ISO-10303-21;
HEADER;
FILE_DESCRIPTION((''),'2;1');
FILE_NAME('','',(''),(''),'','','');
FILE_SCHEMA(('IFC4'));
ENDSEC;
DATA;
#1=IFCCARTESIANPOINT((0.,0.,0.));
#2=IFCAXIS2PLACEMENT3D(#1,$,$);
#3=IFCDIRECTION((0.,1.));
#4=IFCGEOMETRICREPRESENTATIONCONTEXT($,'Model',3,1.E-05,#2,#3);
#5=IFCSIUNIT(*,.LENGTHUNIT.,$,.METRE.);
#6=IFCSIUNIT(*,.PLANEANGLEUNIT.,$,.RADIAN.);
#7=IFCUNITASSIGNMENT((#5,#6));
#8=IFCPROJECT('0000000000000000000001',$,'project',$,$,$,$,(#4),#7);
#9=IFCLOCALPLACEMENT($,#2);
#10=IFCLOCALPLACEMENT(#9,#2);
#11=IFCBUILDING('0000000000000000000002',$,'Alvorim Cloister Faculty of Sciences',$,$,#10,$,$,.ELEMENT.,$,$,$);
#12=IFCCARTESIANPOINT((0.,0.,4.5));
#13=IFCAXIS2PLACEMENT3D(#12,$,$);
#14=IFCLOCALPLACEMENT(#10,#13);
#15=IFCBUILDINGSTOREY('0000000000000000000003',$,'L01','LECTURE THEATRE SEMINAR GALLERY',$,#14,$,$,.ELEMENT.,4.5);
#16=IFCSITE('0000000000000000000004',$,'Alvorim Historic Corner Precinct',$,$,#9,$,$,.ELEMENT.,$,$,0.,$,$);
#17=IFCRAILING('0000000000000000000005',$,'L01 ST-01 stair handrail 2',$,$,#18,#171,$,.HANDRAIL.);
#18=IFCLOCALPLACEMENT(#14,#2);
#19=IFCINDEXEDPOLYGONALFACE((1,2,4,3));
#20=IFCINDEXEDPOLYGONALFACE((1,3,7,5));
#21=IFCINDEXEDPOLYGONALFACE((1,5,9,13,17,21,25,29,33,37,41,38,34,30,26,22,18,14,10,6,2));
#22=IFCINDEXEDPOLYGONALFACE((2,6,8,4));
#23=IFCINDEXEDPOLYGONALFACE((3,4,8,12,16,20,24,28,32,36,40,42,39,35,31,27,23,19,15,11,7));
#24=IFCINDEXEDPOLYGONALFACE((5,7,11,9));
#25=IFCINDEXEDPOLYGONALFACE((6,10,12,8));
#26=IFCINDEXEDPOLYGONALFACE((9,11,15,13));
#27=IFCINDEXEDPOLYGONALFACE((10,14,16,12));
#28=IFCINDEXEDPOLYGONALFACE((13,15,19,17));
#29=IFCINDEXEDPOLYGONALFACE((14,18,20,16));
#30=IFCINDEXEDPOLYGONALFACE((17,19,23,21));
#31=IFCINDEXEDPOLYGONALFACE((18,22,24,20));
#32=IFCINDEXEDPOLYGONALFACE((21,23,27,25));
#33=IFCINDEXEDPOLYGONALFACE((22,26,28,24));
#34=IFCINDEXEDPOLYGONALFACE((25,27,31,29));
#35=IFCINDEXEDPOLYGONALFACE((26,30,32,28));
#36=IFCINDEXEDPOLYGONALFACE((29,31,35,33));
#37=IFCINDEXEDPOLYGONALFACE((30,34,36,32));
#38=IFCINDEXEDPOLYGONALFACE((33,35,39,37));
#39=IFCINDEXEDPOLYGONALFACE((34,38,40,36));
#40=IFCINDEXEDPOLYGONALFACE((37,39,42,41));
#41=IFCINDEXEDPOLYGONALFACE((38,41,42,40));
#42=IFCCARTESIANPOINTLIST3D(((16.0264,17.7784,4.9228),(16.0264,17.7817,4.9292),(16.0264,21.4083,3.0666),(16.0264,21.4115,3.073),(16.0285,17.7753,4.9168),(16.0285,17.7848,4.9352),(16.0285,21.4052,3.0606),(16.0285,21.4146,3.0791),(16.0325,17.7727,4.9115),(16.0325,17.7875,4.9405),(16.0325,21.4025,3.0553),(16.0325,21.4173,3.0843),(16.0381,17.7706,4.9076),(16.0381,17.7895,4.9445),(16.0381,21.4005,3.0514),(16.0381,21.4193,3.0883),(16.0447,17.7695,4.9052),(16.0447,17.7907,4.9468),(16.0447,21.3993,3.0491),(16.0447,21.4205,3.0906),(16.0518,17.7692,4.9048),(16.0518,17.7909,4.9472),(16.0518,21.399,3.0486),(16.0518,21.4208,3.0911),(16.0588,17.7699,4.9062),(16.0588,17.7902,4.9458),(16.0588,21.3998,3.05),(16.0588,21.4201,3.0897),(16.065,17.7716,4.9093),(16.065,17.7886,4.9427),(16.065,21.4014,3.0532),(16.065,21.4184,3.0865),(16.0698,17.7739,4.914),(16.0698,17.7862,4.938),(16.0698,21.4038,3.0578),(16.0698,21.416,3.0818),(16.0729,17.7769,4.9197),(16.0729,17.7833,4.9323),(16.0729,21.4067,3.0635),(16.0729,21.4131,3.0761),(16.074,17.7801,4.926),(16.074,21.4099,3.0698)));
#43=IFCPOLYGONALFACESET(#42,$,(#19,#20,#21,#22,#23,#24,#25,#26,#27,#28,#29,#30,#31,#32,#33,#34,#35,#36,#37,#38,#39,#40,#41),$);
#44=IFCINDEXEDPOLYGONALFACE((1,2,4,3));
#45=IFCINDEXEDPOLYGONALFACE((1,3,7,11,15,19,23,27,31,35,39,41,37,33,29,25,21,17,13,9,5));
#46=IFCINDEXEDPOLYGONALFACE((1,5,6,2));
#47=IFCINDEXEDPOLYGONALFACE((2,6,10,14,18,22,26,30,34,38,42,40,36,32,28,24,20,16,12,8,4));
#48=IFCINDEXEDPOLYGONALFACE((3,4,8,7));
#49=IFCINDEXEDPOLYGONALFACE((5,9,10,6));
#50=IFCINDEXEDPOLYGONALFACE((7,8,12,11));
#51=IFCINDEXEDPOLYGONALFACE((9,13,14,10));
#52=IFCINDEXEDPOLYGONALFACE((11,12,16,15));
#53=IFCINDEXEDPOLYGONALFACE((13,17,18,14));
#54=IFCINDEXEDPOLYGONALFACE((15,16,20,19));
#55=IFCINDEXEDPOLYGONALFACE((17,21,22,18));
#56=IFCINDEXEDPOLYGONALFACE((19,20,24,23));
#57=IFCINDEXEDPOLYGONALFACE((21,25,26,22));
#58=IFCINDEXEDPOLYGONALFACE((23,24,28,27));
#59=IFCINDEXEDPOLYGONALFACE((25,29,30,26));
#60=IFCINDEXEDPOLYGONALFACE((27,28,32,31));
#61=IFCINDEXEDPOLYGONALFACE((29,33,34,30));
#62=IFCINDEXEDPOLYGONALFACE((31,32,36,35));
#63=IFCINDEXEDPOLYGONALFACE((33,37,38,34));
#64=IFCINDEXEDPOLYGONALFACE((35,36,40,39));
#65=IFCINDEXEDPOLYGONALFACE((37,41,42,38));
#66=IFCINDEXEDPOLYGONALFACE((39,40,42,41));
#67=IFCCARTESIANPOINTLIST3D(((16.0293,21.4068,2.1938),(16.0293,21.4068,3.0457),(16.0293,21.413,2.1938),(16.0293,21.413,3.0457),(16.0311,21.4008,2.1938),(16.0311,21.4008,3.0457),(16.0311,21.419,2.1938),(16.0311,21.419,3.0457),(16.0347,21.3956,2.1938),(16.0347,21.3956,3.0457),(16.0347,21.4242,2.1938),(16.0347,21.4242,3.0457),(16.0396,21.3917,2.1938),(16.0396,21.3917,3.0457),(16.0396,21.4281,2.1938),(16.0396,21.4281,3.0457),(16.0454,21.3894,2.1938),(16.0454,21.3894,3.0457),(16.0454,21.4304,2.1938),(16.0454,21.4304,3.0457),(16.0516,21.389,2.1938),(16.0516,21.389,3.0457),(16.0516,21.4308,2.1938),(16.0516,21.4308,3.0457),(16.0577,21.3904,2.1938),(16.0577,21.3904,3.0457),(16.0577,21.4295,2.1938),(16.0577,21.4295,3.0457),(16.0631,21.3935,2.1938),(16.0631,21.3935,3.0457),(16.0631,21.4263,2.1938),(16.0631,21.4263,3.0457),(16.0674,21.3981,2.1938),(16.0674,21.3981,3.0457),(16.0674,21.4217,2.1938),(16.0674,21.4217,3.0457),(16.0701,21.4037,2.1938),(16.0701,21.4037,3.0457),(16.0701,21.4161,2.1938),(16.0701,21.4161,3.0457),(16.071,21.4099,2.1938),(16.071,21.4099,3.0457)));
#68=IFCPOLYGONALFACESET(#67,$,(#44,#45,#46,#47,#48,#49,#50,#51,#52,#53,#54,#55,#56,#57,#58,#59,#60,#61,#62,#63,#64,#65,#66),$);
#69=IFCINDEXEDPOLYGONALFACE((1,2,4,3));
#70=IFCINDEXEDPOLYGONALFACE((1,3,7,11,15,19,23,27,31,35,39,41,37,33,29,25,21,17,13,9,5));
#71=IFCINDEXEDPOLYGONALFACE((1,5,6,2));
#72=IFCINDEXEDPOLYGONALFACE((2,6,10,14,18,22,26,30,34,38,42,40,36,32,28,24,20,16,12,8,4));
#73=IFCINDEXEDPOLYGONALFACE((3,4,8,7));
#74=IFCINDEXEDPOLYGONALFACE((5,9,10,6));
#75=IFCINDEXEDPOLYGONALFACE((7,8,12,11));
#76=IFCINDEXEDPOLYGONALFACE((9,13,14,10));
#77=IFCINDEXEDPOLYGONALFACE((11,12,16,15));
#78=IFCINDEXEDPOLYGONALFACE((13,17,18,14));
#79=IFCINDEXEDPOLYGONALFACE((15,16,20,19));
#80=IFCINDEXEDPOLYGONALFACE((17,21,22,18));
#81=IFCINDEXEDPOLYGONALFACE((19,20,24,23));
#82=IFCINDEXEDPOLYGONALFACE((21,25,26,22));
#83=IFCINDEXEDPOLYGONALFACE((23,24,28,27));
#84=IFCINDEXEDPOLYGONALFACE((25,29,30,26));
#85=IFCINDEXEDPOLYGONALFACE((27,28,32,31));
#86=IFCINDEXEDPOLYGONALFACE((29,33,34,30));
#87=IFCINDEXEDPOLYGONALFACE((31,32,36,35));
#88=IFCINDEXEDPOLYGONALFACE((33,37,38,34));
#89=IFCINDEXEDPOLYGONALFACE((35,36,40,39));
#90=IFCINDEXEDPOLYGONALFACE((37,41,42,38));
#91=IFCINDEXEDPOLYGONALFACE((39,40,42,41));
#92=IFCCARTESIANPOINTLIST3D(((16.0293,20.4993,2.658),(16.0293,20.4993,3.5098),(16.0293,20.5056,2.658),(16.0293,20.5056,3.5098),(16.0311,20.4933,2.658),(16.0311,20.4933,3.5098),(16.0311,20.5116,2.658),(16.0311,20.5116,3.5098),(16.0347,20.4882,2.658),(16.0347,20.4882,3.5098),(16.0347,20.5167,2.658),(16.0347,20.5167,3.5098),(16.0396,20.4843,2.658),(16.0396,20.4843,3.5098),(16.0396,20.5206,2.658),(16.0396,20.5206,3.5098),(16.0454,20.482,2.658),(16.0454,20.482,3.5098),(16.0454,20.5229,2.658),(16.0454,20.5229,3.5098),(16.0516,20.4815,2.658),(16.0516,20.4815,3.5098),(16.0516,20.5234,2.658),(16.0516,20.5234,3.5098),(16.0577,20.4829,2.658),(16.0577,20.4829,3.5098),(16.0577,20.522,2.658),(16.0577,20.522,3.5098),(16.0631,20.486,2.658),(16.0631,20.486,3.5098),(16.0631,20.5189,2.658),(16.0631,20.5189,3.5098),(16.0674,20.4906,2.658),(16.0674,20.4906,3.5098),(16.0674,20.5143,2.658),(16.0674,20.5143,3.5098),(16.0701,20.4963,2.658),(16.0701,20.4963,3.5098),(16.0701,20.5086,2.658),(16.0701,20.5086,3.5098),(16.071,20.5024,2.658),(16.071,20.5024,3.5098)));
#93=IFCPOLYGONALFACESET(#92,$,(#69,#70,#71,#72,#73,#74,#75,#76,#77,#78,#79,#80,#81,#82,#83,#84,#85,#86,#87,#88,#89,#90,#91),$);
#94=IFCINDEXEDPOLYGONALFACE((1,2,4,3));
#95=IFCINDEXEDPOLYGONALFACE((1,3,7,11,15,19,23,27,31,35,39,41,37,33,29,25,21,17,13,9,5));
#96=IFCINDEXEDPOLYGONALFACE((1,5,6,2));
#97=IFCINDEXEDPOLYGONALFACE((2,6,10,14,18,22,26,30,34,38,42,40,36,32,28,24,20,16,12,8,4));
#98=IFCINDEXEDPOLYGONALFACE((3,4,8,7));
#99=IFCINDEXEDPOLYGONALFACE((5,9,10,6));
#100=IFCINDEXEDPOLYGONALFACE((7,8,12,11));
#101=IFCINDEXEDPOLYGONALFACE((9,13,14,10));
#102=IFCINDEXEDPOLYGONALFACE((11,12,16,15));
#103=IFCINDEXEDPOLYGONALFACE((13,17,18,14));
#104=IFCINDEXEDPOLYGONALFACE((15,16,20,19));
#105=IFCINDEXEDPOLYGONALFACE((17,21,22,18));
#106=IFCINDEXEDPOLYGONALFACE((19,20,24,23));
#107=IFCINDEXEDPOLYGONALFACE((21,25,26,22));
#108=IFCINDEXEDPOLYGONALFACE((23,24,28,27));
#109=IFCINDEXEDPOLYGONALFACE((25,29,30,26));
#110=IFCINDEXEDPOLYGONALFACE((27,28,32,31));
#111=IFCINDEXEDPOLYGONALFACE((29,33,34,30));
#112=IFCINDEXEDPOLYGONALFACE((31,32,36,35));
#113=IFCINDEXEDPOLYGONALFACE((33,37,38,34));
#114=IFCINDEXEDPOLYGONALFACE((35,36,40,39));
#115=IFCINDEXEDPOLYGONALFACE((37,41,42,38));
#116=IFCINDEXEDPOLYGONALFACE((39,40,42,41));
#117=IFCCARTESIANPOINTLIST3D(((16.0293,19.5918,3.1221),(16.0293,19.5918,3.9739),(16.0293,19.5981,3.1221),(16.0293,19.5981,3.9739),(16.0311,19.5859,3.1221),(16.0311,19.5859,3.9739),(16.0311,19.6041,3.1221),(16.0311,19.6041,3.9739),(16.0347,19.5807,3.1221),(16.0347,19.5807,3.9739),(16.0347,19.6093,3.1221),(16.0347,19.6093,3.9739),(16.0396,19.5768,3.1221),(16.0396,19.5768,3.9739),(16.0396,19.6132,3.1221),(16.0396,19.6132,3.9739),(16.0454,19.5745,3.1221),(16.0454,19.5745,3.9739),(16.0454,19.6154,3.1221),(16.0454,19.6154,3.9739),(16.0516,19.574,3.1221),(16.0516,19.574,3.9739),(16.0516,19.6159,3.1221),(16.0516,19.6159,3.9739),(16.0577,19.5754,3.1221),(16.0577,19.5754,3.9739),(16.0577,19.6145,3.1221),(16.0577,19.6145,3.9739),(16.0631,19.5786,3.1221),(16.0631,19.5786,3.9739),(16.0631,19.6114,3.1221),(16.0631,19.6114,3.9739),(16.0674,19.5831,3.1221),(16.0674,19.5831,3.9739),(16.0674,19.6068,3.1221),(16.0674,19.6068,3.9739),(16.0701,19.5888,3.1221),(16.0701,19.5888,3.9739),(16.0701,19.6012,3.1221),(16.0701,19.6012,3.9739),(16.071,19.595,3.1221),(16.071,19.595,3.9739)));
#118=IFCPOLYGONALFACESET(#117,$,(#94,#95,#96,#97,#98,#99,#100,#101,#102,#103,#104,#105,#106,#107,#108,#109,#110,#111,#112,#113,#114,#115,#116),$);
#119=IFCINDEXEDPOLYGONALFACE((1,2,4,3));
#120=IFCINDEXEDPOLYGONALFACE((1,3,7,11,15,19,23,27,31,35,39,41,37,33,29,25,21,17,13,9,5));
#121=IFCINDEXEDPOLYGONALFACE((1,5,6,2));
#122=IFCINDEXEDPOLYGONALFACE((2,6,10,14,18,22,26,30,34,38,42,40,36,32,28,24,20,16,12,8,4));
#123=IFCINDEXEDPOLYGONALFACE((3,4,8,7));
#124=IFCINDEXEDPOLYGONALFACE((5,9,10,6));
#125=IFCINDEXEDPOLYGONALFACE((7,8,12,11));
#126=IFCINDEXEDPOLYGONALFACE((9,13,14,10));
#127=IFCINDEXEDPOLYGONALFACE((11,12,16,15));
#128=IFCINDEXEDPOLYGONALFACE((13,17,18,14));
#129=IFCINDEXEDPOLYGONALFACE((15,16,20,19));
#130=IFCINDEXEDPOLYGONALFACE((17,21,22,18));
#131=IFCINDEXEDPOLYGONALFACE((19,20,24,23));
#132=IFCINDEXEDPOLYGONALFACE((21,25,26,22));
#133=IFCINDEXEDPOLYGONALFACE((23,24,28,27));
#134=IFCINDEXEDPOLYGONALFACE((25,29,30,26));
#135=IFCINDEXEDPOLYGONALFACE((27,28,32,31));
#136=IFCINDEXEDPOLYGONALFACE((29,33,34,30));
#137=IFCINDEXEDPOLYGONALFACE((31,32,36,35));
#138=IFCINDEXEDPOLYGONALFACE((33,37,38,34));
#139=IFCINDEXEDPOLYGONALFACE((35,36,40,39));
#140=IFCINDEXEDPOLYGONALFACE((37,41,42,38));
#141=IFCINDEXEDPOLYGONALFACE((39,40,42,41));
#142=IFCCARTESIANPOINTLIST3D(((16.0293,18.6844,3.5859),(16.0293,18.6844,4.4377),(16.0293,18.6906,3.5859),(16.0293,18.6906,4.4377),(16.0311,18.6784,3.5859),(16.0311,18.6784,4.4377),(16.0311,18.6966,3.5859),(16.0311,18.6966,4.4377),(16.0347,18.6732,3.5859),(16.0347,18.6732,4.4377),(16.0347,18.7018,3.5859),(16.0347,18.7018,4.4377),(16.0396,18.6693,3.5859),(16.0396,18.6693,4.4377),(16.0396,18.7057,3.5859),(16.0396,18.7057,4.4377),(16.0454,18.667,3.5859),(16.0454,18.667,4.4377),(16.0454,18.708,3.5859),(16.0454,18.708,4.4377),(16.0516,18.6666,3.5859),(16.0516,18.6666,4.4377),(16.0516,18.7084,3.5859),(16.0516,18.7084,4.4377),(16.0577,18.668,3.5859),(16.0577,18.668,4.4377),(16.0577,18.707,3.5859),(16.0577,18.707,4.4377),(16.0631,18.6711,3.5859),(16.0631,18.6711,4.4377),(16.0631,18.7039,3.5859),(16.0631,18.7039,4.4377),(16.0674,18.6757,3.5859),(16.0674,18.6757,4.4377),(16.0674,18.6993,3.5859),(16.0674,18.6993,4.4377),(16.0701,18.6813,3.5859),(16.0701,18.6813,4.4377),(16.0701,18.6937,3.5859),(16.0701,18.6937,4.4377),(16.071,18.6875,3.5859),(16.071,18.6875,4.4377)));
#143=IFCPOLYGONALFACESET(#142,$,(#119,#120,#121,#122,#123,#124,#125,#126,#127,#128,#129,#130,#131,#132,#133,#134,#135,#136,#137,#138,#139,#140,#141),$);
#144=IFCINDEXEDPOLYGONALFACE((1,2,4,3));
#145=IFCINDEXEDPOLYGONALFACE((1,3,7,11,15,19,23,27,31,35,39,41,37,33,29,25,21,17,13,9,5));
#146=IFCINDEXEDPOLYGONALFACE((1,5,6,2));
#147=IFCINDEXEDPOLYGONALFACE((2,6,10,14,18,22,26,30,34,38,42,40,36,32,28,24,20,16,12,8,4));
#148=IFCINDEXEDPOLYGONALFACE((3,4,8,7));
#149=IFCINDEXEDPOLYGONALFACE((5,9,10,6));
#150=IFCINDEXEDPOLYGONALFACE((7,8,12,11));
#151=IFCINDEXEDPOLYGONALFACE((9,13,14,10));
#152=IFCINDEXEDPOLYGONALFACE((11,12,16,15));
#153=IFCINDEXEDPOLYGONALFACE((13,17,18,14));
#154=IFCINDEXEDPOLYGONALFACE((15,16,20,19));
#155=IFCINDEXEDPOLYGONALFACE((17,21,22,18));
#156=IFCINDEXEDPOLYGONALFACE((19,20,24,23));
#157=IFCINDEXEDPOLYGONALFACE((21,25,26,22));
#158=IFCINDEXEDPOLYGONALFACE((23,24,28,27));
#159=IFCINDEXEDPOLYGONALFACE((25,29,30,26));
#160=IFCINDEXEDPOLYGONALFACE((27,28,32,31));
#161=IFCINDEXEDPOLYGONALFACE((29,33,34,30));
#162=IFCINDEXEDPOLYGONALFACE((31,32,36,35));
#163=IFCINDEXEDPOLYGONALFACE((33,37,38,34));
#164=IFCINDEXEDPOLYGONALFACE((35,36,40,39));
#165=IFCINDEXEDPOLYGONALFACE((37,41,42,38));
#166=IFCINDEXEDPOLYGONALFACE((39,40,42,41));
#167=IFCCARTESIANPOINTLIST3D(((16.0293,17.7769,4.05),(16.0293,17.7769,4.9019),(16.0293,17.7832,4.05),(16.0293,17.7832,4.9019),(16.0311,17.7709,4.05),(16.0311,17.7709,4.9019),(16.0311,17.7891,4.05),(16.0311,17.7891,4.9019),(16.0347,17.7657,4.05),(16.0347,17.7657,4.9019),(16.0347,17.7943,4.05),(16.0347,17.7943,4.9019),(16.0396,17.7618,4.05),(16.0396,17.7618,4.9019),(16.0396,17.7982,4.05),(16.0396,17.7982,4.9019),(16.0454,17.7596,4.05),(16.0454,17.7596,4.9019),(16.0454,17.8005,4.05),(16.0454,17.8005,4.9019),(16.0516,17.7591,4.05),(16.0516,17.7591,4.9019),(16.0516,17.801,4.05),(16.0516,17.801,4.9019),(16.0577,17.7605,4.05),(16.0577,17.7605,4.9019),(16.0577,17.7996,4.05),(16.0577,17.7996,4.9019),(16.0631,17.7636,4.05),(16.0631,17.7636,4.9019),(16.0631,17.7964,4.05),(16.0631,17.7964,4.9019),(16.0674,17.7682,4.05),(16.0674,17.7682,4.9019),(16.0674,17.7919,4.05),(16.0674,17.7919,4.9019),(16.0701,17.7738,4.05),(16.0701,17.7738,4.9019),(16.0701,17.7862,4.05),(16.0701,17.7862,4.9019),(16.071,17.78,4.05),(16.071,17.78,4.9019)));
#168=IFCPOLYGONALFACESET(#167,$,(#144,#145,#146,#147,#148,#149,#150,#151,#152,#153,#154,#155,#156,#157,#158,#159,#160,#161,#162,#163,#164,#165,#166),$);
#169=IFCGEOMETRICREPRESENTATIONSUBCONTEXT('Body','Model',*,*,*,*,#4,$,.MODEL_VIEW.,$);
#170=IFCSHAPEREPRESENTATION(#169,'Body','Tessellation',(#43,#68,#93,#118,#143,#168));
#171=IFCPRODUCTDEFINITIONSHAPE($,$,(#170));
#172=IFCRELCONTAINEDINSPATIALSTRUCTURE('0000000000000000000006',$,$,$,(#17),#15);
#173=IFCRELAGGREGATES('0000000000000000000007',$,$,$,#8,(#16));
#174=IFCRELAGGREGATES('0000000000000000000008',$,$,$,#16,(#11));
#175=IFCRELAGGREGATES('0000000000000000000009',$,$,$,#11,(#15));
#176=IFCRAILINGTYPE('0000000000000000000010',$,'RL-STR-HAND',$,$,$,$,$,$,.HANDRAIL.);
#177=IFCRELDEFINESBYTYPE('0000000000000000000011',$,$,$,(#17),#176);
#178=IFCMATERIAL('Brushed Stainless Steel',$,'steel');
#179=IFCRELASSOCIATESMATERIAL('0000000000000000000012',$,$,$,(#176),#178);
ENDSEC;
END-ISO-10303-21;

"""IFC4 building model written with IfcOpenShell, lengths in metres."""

from ifc_helpers import new_model, si_unit, direction, frame, origin, origin_2d, place, context, subcontext, project, spatial, circle, extrude, material, type_object, element, save


model = new_model("IFC4")

# Units and contexts
model_context = context("Model", 3, precision=1e-05, world=origin(), true_north=direction((0.0, 1.0)))
body_context = subcontext(model_context, "Body", "Model", "MODEL_VIEW")
ifc_project = project(units=[si_unit("LENGTHUNIT", "METRE"), si_unit("PLANEANGLEUNIT", "RADIAN")], contexts=[model_context])

# Site, building, storey
site_placement = place(None, origin())
site = spatial("IfcSite", under=ifc_project, at=site_placement, Name="Alvorim Historic Corner Precinct", CompositionType="ELEMENT", RefElevation=0.0)
building_placement = place(site_placement, origin())
building = spatial("IfcBuilding", under=site, at=building_placement, Name="Alvorim Cloister Faculty of Sciences", CompositionType="ELEMENT")
storey_placement = place(building_placement, frame((0.0, 0.0, 4.5)))
storey = spatial("IfcBuildingStorey", under=building, at=storey_placement, Name="L01", Description="LECTURE THEATRE SEMINAR GALLERY", CompositionType="ELEMENT", Elevation=4.5)

# Railing
ifc_material_1 = material(Name="Brushed Stainless Steel", Category="steel")
railing_type_1 = type_object("IfcRailingType", Name="RL-STR-HAND", PredefinedType="HANDRAIL", material=ifc_material_1)
railing_1_placement = place(storey_placement, frame((16.05, 21.4099, 2.1938)))
element("IfcRailing", 1, at=railing_1_placement, inside=storey, type_object=railing_type_1, Name="L01 ST-01 stair handrail 2", PredefinedType="HANDRAIL", context=body_context, shape_type="SweptSolid", body=[
    extrude(circle(Radius=0.0239, at=origin_2d()), frame((0.0, 0.0, 0.876), z_axis=(0.0, -0.890342, 0.455291), x_axis=(1.0, 0.0, 0.0)), (0.0, 0.0, 1.0), 4.0769),
    extrude(circle(Radius=0.021, at=origin_2d()), origin(), (0.0, 0.0, 1.0), 0.8518),
    extrude(circle(Radius=0.021, at=origin_2d()), frame((0.0, -0.9075, 0.4641)), (0.0, 0.0, 1.0), 0.8518),
    extrude(circle(Radius=0.021, at=origin_2d()), frame((0.0, -1.8149, 0.9282)), (0.0, 0.0, 1.0), 0.8518),
    extrude(circle(Radius=0.021, at=origin_2d()), frame((0.0, -2.7224, 1.3921)), (0.0, 0.0, 1.0), 0.8518),
    extrude(circle(Radius=0.021, at=origin_2d()), frame((0.0, -3.6299, 1.8562)), (0.0, 0.0, 1.0), 0.8518),
])

save(model, "model.ifc")
